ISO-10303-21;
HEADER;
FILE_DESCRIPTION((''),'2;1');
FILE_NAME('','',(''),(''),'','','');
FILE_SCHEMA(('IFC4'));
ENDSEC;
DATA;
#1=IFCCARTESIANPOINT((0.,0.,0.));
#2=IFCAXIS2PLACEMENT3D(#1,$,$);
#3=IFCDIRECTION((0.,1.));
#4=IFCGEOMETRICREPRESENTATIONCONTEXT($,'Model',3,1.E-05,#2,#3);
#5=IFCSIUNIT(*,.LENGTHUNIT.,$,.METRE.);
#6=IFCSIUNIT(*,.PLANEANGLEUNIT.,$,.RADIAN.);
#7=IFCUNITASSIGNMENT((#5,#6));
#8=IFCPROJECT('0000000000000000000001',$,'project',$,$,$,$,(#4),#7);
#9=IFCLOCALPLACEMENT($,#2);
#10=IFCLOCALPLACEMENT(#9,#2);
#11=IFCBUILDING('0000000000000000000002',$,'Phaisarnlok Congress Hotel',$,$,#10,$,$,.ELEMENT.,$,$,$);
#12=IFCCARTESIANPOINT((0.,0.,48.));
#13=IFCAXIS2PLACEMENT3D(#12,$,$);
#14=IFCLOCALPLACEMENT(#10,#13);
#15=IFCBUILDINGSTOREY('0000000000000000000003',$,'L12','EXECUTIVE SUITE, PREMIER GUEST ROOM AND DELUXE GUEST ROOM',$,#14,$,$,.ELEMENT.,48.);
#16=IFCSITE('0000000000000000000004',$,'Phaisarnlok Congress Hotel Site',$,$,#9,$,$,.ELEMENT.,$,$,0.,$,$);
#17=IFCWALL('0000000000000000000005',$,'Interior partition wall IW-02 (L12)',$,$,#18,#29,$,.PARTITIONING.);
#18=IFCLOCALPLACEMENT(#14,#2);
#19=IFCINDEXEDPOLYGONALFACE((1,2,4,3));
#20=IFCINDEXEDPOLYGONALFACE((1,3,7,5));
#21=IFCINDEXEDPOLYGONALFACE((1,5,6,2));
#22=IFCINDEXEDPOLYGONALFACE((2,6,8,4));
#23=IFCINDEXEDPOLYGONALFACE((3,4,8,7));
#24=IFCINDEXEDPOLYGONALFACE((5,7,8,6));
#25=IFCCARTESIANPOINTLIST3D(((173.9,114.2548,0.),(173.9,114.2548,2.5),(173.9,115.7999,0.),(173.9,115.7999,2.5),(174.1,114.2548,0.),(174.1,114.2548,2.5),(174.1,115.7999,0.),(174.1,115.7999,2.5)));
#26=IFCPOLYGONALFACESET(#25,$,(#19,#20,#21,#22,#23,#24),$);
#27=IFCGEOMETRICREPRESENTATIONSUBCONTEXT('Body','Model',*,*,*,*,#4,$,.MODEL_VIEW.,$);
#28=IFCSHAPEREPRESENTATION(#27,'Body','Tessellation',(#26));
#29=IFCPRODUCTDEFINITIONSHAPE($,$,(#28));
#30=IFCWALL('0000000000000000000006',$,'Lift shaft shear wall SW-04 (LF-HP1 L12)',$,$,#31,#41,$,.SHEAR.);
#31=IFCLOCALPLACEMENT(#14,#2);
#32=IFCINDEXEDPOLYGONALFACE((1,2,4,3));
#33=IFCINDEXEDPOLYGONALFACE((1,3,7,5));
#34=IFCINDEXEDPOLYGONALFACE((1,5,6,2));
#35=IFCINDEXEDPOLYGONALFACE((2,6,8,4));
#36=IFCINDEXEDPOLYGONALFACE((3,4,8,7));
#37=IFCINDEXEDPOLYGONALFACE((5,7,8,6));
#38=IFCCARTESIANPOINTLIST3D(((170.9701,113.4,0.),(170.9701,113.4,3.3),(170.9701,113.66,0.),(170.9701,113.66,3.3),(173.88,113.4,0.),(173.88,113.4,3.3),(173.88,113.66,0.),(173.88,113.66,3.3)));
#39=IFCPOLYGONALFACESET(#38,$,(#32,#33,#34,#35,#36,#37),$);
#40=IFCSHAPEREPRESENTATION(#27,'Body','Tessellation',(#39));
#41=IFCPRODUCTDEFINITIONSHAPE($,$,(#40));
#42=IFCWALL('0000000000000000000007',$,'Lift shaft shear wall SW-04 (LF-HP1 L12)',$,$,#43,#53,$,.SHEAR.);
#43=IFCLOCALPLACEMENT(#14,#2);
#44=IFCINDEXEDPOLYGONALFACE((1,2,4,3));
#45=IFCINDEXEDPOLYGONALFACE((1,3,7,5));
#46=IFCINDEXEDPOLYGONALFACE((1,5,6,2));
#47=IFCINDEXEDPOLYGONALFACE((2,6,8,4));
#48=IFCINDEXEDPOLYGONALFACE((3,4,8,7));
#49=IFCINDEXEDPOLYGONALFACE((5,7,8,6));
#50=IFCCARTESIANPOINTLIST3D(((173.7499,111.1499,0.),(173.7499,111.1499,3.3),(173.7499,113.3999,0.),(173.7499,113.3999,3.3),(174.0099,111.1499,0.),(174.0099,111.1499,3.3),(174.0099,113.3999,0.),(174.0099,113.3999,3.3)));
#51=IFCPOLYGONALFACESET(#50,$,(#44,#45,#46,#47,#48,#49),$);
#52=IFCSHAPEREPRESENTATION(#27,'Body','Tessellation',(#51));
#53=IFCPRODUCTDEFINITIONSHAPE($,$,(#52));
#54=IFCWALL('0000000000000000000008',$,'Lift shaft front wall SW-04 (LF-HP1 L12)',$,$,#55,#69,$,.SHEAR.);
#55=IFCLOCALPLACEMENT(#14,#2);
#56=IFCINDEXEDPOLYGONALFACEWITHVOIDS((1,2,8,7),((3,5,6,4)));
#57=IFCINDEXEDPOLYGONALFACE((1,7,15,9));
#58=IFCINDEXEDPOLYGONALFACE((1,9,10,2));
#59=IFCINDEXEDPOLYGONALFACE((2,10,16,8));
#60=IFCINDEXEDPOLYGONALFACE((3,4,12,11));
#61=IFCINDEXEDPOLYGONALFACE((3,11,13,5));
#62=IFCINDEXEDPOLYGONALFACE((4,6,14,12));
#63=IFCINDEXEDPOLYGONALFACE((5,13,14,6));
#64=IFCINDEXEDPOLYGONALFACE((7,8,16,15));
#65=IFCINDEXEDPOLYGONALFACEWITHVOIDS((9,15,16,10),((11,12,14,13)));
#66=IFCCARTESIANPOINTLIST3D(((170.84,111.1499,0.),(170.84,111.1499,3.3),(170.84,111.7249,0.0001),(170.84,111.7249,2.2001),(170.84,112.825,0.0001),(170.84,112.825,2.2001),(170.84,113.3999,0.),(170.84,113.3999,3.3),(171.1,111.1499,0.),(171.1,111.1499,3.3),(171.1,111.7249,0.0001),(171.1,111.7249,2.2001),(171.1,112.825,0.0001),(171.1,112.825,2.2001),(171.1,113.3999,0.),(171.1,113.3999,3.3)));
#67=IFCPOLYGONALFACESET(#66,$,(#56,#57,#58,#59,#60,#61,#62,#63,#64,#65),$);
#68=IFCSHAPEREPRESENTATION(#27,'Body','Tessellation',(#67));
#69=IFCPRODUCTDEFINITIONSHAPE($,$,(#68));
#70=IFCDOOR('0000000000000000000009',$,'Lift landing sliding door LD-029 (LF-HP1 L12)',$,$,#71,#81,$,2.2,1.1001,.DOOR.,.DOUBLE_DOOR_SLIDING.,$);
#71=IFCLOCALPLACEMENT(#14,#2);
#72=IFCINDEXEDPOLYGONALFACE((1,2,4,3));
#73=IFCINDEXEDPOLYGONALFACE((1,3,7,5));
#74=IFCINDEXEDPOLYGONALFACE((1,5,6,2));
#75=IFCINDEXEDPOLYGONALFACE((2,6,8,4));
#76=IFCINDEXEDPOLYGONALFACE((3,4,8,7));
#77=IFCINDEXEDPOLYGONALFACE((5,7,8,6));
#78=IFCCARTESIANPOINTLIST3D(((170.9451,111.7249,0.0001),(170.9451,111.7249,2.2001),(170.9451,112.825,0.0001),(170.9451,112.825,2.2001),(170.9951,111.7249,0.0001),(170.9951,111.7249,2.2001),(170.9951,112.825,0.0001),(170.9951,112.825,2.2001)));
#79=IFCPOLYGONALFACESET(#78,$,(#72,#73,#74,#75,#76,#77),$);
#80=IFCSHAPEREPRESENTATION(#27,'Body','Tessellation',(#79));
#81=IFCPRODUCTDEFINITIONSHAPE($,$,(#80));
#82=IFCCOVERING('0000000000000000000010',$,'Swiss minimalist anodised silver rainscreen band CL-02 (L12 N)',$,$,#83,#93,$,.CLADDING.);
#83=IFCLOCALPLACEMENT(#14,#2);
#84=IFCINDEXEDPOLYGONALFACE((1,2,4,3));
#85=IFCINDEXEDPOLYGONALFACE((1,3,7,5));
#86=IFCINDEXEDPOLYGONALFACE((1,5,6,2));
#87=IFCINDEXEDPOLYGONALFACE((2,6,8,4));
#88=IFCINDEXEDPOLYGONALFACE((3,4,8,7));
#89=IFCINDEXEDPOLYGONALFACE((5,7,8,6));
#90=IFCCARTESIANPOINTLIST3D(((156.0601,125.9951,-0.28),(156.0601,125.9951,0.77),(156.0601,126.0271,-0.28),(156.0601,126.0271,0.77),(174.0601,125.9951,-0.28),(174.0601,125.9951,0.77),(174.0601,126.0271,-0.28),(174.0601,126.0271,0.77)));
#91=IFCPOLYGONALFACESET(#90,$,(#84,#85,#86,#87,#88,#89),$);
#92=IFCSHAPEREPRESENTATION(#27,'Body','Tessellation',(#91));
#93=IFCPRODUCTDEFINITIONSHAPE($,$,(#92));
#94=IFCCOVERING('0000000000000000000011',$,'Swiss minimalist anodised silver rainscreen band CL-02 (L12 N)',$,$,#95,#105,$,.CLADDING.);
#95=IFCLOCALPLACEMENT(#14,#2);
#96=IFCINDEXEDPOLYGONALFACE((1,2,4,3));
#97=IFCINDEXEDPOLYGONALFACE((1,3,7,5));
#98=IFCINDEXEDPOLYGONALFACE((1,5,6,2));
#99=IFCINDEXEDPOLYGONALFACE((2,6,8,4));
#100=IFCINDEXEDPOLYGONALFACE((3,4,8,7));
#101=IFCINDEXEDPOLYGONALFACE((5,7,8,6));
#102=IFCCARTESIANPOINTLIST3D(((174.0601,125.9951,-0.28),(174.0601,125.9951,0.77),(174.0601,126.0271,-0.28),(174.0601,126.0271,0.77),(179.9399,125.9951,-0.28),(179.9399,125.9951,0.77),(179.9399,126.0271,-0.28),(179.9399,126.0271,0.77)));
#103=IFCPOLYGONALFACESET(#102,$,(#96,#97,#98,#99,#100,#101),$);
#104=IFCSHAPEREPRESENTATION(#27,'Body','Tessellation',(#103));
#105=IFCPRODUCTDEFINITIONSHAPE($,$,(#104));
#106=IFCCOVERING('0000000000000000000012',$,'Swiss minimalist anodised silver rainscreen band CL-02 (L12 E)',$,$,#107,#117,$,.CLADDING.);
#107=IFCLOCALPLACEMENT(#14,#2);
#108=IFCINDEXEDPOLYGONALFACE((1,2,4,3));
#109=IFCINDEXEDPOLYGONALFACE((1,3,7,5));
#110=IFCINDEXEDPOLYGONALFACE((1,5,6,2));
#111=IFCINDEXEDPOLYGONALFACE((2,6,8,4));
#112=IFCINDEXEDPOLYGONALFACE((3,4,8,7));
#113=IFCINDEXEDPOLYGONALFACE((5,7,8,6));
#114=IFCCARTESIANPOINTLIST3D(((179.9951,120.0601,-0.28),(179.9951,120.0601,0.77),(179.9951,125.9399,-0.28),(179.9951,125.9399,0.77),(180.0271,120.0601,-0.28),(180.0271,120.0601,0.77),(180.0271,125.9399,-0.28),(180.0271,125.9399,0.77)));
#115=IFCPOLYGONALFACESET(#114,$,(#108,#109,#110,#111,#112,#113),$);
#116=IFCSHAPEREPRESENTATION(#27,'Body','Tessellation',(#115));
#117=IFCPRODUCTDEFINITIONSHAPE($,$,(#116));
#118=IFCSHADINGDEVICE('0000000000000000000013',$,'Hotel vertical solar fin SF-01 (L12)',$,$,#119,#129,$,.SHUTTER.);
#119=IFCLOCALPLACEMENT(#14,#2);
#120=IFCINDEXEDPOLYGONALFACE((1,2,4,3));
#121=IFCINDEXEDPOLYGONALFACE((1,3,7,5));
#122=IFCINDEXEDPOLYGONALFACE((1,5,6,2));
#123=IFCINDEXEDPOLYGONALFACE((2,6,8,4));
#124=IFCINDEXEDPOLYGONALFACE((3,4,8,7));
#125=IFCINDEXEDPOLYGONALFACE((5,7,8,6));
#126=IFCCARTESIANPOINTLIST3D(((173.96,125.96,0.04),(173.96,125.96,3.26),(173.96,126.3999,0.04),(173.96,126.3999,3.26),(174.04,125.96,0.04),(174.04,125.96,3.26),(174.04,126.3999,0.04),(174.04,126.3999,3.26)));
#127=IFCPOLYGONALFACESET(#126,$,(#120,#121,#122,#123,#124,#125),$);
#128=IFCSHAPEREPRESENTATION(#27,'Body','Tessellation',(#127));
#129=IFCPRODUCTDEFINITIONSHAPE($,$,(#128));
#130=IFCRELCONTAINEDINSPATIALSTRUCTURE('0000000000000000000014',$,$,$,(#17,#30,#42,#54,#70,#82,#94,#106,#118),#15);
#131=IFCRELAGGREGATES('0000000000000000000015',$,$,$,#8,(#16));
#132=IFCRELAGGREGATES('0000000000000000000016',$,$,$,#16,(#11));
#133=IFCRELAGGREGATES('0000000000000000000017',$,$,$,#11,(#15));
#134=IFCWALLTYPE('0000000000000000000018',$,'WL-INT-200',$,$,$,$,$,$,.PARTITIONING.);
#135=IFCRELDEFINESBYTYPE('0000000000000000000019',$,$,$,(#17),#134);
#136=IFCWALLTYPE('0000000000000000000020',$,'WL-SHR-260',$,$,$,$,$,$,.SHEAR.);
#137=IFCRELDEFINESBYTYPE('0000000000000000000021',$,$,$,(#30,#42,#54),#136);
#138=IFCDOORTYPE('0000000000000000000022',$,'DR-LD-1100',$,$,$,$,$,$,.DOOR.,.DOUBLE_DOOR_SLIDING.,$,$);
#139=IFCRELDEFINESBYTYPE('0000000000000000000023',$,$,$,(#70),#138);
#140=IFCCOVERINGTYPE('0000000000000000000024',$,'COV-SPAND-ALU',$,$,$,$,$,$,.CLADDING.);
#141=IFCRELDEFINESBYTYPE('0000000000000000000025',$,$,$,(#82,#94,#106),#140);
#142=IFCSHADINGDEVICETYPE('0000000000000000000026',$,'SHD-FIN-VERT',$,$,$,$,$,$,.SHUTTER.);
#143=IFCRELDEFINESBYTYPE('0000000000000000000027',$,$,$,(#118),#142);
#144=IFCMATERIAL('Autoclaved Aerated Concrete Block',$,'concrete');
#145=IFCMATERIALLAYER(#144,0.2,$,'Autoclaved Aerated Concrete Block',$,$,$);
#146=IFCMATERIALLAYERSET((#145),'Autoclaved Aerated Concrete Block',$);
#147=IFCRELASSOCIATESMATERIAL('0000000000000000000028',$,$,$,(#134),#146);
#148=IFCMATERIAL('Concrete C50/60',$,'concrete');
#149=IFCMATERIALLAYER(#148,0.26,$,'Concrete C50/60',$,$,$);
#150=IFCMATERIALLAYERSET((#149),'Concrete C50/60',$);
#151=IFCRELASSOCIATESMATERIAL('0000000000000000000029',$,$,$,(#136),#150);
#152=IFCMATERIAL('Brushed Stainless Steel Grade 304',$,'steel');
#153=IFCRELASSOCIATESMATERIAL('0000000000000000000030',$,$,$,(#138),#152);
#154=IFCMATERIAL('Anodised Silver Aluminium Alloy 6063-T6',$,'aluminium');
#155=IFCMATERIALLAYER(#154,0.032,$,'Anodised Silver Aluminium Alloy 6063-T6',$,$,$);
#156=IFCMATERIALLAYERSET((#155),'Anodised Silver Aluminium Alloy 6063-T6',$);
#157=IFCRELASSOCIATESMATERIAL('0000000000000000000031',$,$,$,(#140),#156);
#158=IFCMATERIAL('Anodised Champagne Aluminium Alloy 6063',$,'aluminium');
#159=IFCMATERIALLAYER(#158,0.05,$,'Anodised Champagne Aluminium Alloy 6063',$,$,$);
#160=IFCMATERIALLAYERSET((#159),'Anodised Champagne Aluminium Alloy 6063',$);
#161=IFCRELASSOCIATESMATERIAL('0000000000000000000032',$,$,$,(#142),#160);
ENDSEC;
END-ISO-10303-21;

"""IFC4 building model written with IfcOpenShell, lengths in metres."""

from ifc_helpers import new_model, si_unit, direction, frame, frame_2d, origin, origin_2d, place, context, subcontext, project, spatial, polyline, rectangle, outline, extrude, material, layer, layer_set, type_object, element, fill, save


model = new_model("IFC4")

# Units and contexts
model_context = context("Model", 3, precision=1e-05, world=origin(), true_north=direction((0.0, 1.0)))
body_context = subcontext(model_context, "Body", "Model", "MODEL_VIEW")
ifc_project = project(units=[si_unit("LENGTHUNIT", "METRE"), si_unit("PLANEANGLEUNIT", "RADIAN")], contexts=[model_context])

# Site, building, storey
site_placement = place(None, origin())
site = spatial("IfcSite", under=ifc_project, at=site_placement, Name="Phaisarnlok Congress Hotel Site", CompositionType="ELEMENT", RefElevation=0.0)
building_placement = place(site_placement, origin())
building = spatial("IfcBuilding", under=site, at=building_placement, Name="Phaisarnlok Congress Hotel", CompositionType="ELEMENT")
storey_placement = place(building_placement, frame((0.0, 0.0, 48.0)))
storey = spatial("IfcBuildingStorey", under=building, at=storey_placement, Name="L12", Description="EXECUTIVE SUITE, PREMIER GUEST ROOM AND DELUXE GUEST ROOM", CompositionType="ELEMENT", Elevation=48.0)

# Shared definitions
ifc_material_1 = material(Name="Concrete C50/60", Category="concrete")

# Walls
ifc_material_2 = material(Name="Autoclaved Aerated Concrete Block", Category="concrete")
ifc_layer_1 = layer(ifc_material_2, 0.2, Name="Autoclaved Aerated Concrete Block")
ifc_layer_set_1 = layer_set([ifc_layer_1], Name="Autoclaved Aerated Concrete Block")
wall_type_1 = type_object("IfcWallType", Name="WL-INT-200", PredefinedType="PARTITIONING", material=ifc_layer_set_1)
wall_1_placement = place(storey_placement, frame((174.0, 114.2549, 0.0), z_axis=(0.0, 0.0, 1.0), x_axis=(0.0, 1.0, 0.0)))
element("IfcWall", 1, at=wall_1_placement, inside=storey, type_object=wall_type_1, Name="Interior partition wall IW-02 (L12)", PredefinedType="PARTITIONING", context=body_context, shape_type="SweptSolid", body=[
    extrude(rectangle(XDim=1.5452, YDim=0.2, at=frame_2d((0.7725, 0.0))), origin(), (0.0, 0.0, 1.0), 2.5),
])
ifc_layer_2 = layer(ifc_material_1, 0.26, Name="Concrete C50/60")
ifc_layer_set_2 = layer_set([ifc_layer_2], Name="Concrete C50/60")
wall_type_2 = type_object("IfcWallType", Name="WL-SHR-260", PredefinedType="SHEAR", material=ifc_layer_set_2)
wall_2_placement = place(storey_placement, frame((170.97, 113.53, 0.0), z_axis=(0.0, 0.0, 1.0), x_axis=(1.0, 0.0, 0.0)))
element("IfcWall", 2, at=wall_2_placement, inside=storey, type_object=wall_type_2, Name="Lift shaft shear wall SW-04 (LF-HP1 L12)", PredefinedType="SHEAR", context=body_context, shape_type="SweptSolid", body=[
    extrude(rectangle(XDim=2.9099, YDim=0.26, at=frame_2d((1.4551, 0.0))), origin(), (0.0, 0.0, 1.0), 3.3),
])
wall_3_placement = place(storey_placement, frame((173.8799, 111.1499, 0.0), z_axis=(0.0, 0.0, 1.0), x_axis=(0.0, 1.0, 0.0)))
element("IfcWall", 3, at=wall_3_placement, inside=storey, type_object=wall_type_2, Name="Lift shaft shear wall SW-04 (LF-HP1 L12)", PredefinedType="SHEAR", context=body_context, shape_type="SweptSolid", body=[
    extrude(rectangle(XDim=2.25, YDim=0.26, at=frame_2d((1.125, 0.0))), origin(), (0.0, 0.0, 1.0), 3.3),
])

# Wall, opening, door
wall_4_placement = place(storey_placement, frame((170.97, 111.1499, 0.0), z_axis=(0.0, 0.0, 1.0), x_axis=(0.0, 1.0, 0.0)))
wall_4 = element("IfcWall", 4, at=wall_4_placement, inside=storey, type_object=wall_type_2, Name="Lift shaft front wall SW-04 (LF-HP1 L12)", PredefinedType="SHEAR", context=body_context, shape_type="SweptSolid", body=[
    extrude(rectangle(XDim=2.25, YDim=0.26, at=frame_2d((1.125, 0.0))), origin(), (0.0, 0.0, 1.0), 3.3),
])
opening_1_placement = place(wall_4_placement, frame((0.575, 0.0, 0.0)))
opening_1 = element("IfcOpeningElement", 5, at=opening_1_placement, cuts=wall_4, PredefinedType="OPENING", context=body_context, shape_type="SweptSolid", body=[
    extrude(rectangle(XDim=1.1001, YDim=2.2, at=frame_2d((0.55, 1.1001))), frame((0.0, 0.1401, 0.0), z_axis=(0.0, -1.0, 0.0), x_axis=(1.0, 0.0, 0.0)), (0.0, 0.0, 1.0), 0.28),
])
ifc_material_3 = material(Name="Brushed Stainless Steel Grade 304", Category="steel")
door_type_1 = type_object("IfcDoorType", Name="DR-LD-1100", OperationType="DOUBLE_DOOR_SLIDING", PredefinedType="DOOR", material=ifc_material_3)
door_1_placement = place(opening_1_placement, origin())
door_1 = element("IfcDoor", 6, at=door_1_placement, inside=storey, type_object=door_type_1, Name="Lift landing sliding door LD-029 (LF-HP1 L12)", OperationType="DOUBLE_DOOR_SLIDING", OverallHeight=2.2, OverallWidth=1.1001, PredefinedType="DOOR", context=body_context, shape_type="SweptSolid", body=[
    extrude(rectangle(XDim=1.1001, YDim=2.2, at=frame_2d((0.55, 1.1001))), frame((0.0, 0.0249, 0.0), z_axis=(0.0, -1.0, 0.0), x_axis=(1.0, 0.0, 0.0)), (0.0, 0.0, 1.0), 0.05),
])
fill(opening_1, door_1)

# Coverings
ifc_material_4 = material(Name="Anodised Silver Aluminium Alloy 6063-T6", Category="aluminium")
ifc_layer_3 = layer(ifc_material_4, 0.032, Name="Anodised Silver Aluminium Alloy 6063-T6")
ifc_layer_set_3 = layer_set([ifc_layer_3], Name="Anodised Silver Aluminium Alloy 6063-T6")
covering_type = type_object("IfcCoveringType", Name="COV-SPAND-ALU", PredefinedType="CLADDING", material=ifc_layer_set_3)
covering_placement = place(storey_placement, frame((174.0601, 125.9951, -0.28), z_axis=(0.0, 1.0, 0.0), x_axis=(-1.0, 0.0, 0.0)))
element("IfcCovering", 7, at=covering_placement, inside=storey, type_object=covering_type, Name="Swiss minimalist anodised silver rainscreen band CL-02 (L12 N)", PredefinedType="CLADDING", context=body_context, shape_type="SweptSolid", body=[
    extrude(outline(polyline([(0.0, 0.0), (18.0, 0.0), (18.0, 1.05), (0.0, 1.05), (0.0, 0.0)])), origin(), (0.0, 0.0, 1.0), 0.032),
])
for number, where, z_axis, x_axis, name in (
    (8, (179.9399, 125.9951, -0.28), (0.0, 1.0, 0.0), (-1.0, 0.0, 0.0), "Swiss minimalist anodised silver rainscreen band CL-02 (L12 N)"),
    (9, (179.9951, 120.0601, -0.28), (1.0, 0.0, 0.0), (0.0, 1.0, 0.0), "Swiss minimalist anodised silver rainscreen band CL-02 (L12 E)"),
):
    element("IfcCovering", number, at=place(storey_placement, frame(where, z_axis=z_axis, x_axis=x_axis)), inside=storey, type_object=covering_type, Name=name, PredefinedType="CLADDING", context=body_context, shape_type="SweptSolid", body=[
        extrude(outline(polyline([(0.0, 0.0), (5.8799, 0.0), (5.8799, 1.05), (0.0, 1.05), (0.0, 0.0)])), origin(), (0.0, 0.0, 1.0), 0.032),
    ])

# Shading device
ifc_material_5 = material(Name="Anodised Champagne Aluminium Alloy 6063", Category="aluminium")
ifc_layer_4 = layer(ifc_material_5, 0.05, Name="Anodised Champagne Aluminium Alloy 6063")
ifc_layer_set_4 = layer_set([ifc_layer_4], Name="Anodised Champagne Aluminium Alloy 6063")
shading_device_type = type_object("IfcShadingDeviceType", Name="SHD-FIN-VERT", PredefinedType="SHUTTER", material=ifc_layer_set_4)
shading_device_placement = place(storey_placement, frame((174.0, 126.1799, 0.04), z_axis=(0.0, 0.0, 1.0), x_axis=(1.0, 0.0, 0.0)))
element("IfcShadingDevice", 10, at=shading_device_placement, inside=storey, type_object=shading_device_type, Name="Hotel vertical solar fin SF-01 (L12)", PredefinedType="SHUTTER", context=body_context, shape_type="SweptSolid", body=[
    extrude(rectangle(XDim=0.0801, YDim=0.4399, at=origin_2d()), origin(), (0.0, 0.0, 1.0), 3.22),
])

save(model, "model.ifc")
